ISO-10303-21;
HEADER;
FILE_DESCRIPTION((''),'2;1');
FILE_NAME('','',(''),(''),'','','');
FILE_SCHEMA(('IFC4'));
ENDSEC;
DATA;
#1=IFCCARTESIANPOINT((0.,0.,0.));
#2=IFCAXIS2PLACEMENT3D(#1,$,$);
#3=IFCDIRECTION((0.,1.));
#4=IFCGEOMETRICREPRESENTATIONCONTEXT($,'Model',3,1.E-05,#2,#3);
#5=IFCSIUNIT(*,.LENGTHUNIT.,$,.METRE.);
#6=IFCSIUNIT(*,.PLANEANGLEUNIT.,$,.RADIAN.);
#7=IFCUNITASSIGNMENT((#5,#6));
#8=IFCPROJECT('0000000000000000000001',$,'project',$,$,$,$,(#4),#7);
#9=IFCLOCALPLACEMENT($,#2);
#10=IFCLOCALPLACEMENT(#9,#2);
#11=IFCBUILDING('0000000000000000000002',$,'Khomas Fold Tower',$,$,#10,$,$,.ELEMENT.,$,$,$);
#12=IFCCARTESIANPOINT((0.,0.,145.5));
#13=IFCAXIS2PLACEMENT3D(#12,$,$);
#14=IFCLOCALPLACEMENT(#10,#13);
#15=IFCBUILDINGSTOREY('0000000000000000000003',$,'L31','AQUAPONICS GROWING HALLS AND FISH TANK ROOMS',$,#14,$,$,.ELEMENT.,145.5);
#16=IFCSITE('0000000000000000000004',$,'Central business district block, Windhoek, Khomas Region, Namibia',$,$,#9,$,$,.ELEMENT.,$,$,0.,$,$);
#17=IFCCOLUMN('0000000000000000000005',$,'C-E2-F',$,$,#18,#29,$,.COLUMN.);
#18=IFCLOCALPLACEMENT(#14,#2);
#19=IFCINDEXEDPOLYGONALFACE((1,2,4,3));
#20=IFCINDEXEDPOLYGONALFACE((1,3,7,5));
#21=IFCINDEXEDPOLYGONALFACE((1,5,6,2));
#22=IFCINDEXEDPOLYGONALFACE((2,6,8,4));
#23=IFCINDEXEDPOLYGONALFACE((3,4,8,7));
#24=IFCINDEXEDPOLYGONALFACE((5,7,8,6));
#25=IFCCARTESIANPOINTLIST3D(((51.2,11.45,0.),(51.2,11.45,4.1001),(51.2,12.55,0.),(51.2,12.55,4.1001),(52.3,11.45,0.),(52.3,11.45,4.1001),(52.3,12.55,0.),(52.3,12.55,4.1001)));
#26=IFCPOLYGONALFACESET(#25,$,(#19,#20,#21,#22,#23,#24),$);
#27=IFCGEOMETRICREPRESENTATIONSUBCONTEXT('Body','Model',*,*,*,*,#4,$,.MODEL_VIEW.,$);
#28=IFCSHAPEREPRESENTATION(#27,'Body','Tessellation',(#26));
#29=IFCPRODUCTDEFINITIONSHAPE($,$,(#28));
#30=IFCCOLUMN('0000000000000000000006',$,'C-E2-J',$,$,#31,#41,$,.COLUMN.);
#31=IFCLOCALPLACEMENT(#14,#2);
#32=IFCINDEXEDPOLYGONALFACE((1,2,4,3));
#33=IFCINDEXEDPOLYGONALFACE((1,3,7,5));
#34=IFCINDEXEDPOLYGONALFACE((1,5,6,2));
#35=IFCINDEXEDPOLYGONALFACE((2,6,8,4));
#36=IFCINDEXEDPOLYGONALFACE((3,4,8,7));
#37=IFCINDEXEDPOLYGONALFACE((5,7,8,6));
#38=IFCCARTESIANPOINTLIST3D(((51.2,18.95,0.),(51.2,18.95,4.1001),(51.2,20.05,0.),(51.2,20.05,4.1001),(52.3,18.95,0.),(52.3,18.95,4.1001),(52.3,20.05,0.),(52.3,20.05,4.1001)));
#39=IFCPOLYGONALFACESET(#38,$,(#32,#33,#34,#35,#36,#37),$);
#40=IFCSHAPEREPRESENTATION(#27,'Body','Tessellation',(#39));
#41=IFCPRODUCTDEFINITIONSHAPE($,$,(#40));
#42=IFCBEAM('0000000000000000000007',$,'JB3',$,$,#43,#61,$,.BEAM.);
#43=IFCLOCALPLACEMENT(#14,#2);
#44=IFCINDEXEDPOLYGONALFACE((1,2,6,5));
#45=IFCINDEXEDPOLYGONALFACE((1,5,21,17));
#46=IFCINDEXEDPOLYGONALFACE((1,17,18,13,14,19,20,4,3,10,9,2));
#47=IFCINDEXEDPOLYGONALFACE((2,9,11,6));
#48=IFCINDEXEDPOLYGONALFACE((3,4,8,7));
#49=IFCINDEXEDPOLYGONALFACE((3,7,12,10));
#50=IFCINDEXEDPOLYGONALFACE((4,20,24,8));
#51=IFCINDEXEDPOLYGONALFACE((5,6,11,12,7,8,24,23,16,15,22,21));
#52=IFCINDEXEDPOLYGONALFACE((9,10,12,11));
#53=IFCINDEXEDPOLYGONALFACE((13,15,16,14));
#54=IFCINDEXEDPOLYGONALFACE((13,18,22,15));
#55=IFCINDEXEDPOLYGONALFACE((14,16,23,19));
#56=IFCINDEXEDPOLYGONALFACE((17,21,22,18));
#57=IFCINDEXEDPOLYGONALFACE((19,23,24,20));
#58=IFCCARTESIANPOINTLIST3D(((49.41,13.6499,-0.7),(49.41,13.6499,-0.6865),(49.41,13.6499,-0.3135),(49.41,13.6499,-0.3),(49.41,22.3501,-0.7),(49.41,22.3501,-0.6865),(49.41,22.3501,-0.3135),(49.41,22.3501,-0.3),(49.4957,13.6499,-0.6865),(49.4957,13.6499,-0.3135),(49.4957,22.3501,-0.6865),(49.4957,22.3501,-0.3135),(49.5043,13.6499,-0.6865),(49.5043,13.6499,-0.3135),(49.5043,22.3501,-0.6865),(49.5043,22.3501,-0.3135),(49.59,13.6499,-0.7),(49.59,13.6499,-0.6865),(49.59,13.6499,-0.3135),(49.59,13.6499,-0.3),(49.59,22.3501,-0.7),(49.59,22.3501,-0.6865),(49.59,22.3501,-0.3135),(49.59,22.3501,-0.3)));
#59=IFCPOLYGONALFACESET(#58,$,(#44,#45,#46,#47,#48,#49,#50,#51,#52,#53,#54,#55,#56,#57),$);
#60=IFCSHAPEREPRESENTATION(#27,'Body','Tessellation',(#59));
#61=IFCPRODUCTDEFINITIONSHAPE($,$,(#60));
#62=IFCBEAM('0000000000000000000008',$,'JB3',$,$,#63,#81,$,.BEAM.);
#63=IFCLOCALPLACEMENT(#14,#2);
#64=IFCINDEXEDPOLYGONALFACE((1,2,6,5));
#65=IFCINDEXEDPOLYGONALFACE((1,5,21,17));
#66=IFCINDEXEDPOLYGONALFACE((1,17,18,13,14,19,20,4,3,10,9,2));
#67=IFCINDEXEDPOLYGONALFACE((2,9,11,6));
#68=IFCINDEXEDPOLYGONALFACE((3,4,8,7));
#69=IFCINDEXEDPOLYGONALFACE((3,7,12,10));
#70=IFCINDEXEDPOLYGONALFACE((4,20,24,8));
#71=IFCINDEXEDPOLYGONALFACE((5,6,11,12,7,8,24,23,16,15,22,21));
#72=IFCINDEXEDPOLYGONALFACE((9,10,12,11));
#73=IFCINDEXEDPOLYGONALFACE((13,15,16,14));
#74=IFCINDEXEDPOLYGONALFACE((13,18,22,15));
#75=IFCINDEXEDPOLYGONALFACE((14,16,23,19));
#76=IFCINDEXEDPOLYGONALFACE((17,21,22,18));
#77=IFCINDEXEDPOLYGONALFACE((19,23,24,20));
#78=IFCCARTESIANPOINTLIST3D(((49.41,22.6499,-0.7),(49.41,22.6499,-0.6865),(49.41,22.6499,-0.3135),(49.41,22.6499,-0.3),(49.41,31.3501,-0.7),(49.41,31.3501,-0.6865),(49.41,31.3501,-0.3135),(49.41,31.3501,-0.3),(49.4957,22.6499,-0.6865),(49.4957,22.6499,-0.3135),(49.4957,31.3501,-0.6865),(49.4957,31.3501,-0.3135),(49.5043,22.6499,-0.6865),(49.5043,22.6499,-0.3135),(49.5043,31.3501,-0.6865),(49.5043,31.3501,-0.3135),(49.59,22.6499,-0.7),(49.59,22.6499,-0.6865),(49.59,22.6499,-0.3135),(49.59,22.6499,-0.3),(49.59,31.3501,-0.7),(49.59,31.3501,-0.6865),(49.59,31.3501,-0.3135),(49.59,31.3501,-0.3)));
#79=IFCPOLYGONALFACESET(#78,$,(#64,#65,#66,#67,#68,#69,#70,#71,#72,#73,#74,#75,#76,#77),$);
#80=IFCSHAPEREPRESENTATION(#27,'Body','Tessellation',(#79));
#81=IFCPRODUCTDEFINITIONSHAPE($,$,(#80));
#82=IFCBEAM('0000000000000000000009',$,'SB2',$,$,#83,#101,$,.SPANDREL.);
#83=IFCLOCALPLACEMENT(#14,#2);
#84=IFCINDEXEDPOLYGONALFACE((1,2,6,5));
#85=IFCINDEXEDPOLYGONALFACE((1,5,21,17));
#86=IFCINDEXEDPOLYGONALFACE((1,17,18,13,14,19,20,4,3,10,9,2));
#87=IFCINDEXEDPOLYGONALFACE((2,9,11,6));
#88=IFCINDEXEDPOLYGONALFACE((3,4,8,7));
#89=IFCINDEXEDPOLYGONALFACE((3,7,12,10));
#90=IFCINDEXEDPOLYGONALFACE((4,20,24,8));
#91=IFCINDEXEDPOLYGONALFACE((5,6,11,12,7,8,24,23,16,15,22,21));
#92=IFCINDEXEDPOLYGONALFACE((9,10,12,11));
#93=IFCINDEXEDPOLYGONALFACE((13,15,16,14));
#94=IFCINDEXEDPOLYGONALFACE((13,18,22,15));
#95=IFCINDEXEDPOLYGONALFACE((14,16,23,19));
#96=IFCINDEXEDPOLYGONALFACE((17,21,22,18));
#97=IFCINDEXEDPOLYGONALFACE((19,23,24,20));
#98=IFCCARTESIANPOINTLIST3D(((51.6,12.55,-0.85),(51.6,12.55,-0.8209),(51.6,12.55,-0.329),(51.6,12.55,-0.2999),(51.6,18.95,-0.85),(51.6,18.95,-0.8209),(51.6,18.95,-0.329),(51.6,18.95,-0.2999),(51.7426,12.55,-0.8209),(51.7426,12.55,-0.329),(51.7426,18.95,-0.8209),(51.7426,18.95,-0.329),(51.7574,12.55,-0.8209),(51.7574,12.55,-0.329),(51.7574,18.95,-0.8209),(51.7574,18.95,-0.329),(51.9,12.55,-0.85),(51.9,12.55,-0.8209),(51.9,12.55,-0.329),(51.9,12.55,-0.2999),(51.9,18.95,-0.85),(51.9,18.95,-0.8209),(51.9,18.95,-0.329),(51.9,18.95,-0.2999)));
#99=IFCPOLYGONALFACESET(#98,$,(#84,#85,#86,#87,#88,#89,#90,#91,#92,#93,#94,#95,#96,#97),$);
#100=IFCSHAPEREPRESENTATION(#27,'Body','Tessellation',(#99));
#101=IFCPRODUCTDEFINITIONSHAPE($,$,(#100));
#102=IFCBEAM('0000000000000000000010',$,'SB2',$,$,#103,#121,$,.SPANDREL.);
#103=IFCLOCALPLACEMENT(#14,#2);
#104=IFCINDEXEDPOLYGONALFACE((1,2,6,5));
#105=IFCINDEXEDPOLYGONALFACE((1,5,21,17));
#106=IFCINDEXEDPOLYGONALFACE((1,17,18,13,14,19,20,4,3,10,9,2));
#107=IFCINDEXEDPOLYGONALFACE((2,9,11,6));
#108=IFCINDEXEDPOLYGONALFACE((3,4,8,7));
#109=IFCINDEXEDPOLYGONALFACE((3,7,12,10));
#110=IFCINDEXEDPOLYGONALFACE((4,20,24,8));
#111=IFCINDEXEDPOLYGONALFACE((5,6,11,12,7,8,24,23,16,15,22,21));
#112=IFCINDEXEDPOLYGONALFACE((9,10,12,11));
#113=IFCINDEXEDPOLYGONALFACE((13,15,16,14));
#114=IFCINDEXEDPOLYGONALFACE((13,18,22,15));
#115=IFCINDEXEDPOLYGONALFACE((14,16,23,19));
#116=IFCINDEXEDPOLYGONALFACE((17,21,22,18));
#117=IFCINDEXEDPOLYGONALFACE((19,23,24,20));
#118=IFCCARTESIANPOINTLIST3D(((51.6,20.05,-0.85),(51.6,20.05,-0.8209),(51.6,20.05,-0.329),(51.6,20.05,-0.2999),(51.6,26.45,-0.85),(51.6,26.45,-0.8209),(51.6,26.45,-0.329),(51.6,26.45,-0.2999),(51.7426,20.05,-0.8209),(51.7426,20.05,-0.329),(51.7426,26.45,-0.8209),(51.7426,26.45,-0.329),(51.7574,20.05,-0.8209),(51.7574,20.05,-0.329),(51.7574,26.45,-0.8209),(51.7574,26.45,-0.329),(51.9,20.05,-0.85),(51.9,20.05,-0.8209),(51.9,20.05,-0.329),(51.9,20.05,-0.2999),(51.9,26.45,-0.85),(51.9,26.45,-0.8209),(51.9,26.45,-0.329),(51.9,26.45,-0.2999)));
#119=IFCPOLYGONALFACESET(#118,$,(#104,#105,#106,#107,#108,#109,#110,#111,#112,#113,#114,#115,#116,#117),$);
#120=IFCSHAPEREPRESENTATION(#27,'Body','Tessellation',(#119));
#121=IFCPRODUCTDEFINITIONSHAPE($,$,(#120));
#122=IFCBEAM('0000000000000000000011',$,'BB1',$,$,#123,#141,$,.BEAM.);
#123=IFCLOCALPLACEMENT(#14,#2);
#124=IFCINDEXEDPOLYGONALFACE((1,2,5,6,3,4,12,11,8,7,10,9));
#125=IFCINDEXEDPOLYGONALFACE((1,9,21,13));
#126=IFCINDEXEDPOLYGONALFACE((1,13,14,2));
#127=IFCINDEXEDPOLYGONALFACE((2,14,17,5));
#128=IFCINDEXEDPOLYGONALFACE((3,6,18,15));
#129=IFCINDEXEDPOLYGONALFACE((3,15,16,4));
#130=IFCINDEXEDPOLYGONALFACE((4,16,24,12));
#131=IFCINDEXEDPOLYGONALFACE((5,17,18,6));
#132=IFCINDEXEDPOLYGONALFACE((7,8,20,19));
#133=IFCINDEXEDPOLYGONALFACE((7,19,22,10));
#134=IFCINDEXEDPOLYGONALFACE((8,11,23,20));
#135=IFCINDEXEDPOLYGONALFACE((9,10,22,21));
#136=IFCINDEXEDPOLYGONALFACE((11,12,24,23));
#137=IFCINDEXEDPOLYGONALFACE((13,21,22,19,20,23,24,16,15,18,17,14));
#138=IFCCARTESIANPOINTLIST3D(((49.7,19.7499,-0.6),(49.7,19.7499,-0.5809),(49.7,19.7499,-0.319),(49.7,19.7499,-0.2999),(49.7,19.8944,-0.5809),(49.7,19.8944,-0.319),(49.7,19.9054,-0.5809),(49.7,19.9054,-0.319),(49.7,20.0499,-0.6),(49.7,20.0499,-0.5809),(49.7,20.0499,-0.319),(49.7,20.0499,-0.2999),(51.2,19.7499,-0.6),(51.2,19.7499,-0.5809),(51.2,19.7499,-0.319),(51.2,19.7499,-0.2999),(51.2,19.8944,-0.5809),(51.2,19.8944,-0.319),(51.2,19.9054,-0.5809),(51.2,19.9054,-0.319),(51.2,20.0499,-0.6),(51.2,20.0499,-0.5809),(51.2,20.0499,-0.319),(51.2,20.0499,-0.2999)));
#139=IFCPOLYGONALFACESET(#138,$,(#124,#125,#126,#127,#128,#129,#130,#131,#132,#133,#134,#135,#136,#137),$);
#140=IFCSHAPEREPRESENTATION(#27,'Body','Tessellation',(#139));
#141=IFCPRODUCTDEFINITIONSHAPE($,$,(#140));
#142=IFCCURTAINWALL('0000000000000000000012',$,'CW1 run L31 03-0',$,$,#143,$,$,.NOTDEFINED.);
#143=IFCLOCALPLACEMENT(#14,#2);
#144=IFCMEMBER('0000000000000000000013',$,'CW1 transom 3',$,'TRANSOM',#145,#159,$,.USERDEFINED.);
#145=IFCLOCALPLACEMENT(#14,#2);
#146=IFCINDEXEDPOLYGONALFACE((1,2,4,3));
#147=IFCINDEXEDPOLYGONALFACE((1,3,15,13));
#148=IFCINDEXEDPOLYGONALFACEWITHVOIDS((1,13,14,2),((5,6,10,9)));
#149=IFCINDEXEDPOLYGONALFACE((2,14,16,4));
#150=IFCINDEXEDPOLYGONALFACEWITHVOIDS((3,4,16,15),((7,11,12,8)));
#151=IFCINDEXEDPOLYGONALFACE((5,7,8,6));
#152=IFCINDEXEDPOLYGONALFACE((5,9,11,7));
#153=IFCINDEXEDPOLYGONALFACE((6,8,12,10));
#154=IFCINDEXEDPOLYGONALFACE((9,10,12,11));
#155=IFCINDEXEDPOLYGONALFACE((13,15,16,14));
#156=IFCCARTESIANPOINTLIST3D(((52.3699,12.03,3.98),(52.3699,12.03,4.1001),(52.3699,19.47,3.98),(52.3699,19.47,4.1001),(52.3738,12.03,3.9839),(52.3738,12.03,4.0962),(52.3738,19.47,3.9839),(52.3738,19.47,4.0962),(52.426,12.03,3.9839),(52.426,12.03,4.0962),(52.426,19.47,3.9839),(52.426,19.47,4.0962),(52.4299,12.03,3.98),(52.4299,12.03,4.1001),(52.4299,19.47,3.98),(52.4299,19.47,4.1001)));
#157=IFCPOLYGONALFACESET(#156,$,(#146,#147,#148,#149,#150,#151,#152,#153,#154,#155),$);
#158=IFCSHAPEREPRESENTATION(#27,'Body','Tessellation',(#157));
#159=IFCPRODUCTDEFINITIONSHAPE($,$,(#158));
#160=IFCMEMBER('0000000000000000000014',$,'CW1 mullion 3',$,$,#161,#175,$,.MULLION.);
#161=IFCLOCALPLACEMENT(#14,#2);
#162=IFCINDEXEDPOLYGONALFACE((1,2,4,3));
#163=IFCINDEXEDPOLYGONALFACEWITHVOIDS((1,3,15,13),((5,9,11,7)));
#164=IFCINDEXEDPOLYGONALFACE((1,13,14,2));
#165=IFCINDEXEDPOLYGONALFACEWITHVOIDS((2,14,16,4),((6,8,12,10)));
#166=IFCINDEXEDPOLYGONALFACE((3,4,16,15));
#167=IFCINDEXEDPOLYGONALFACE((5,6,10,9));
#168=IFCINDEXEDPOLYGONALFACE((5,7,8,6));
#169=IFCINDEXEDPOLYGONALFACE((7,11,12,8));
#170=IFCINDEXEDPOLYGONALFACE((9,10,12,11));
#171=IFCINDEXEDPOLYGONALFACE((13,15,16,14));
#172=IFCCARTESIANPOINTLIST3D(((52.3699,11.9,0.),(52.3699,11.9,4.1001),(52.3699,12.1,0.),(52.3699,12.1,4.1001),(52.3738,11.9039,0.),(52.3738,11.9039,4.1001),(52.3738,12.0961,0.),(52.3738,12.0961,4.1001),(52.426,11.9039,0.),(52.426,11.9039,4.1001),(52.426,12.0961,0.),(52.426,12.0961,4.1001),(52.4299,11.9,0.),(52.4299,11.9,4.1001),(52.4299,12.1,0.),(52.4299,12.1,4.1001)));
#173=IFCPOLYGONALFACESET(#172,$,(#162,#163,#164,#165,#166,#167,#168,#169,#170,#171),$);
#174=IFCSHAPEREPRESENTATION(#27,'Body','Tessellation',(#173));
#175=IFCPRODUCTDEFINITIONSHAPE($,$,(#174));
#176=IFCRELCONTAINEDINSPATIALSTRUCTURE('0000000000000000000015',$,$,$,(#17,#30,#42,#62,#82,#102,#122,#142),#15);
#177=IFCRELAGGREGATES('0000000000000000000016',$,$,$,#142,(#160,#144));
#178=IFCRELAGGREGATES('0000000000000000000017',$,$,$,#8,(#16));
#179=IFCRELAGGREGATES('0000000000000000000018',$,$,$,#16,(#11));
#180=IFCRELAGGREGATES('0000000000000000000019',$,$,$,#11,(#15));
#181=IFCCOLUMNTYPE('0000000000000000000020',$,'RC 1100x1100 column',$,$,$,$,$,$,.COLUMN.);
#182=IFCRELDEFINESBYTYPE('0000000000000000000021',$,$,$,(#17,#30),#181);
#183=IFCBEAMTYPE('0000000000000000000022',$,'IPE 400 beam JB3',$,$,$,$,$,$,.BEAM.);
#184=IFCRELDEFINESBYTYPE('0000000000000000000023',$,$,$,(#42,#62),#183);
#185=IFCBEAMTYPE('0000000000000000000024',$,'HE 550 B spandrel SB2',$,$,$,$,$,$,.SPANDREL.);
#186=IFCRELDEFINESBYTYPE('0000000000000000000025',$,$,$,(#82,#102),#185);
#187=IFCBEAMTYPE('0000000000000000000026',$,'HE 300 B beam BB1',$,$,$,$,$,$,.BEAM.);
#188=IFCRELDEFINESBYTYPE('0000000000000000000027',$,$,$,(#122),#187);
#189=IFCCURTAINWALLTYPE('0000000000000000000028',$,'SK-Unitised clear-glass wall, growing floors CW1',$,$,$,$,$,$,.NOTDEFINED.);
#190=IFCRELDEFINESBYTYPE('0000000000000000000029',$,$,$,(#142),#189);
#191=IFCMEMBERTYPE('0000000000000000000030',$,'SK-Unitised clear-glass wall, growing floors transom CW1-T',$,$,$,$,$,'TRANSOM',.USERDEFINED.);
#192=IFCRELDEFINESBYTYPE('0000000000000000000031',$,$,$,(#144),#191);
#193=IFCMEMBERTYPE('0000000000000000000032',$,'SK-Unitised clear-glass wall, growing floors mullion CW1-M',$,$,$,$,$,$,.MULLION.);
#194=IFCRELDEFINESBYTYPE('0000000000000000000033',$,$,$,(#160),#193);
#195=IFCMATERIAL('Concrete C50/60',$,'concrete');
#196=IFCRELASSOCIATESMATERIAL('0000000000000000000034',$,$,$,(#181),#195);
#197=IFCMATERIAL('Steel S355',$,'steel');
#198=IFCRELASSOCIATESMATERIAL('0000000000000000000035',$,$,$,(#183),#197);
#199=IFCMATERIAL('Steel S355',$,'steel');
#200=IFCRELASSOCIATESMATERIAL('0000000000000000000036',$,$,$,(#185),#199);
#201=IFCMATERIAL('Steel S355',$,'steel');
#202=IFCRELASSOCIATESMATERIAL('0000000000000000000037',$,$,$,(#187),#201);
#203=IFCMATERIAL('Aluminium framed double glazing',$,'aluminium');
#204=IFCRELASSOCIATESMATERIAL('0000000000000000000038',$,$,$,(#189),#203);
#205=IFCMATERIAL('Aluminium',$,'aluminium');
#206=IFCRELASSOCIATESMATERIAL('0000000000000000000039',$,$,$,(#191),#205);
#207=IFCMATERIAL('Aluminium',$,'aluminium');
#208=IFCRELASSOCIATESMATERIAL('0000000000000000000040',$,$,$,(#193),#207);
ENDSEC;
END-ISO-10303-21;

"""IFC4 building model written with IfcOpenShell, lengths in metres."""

from ifc_helpers import new_model, si_unit, direction, frame, origin, origin_2d, place, context, subcontext, project, spatial, rectangle, hollow_rectangle, i_section, extrude, source, transform, mapped, material, material_profile, profile_set, type_object, element, aggregate, save


model = new_model("IFC4")

# Units and contexts
model_context = context("Model", 3, precision=1e-05, world=origin(), true_north=direction((0.0, 1.0)))
body_context = subcontext(model_context, "Body", "Model", "MODEL_VIEW")
ifc_project = project(units=[si_unit("LENGTHUNIT", "METRE"), si_unit("PLANEANGLEUNIT", "RADIAN")], contexts=[model_context])

# Site, building, storey
site_placement = place(None, origin())
site = spatial("IfcSite", under=ifc_project, at=site_placement, Name="Central business district block, Windhoek, Khomas Region, Namibia", CompositionType="ELEMENT", RefElevation=0.0)
building_placement = place(site_placement, origin())
building = spatial("IfcBuilding", under=site, at=building_placement, Name="Khomas Fold Tower", CompositionType="ELEMENT")
storey_placement = place(building_placement, frame((0.0, 0.0, 145.5)))
storey = spatial("IfcBuildingStorey", under=building, at=storey_placement, Name="L31", Description="AQUAPONICS GROWING HALLS AND FISH TANK ROOMS", CompositionType="ELEMENT", Elevation=145.5)

# Columns
ifc_material_1 = material(Name="Concrete C50/60", Category="concrete")
ifc_material_profile_1 = material_profile(ifc_material_1, rectangle(XDim=1.1001, YDim=1.1001, at=origin_2d()), Name="RC 1100x1100")
ifc_profile_set_1 = profile_set([ifc_material_profile_1], Name="Concrete C50/60")
column_type = type_object("IfcColumnType", Name="RC 1100x1100 column", PredefinedType="COLUMN", material=ifc_profile_set_1)
shared_shape_1 = source(origin(), body_context, "Body", "SweptSolid", [
    extrude(rectangle(XDim=1.1001, YDim=1.1001, at=origin_2d()), origin(), (0.0, 0.0, 1.0), 4.1001),
])
for number, where, z_axis, x_axis, name in (
    (1, (51.75, 12.0, 0.0), (0.0, 0.0, 1.0), (1.0, 0.0, 0.0), "C-E2-F"),
    (2, (51.75, 19.5, 0.0), (0.0, 0.0, 1.0), (1.0, 0.0, 0.0), "C-E2-J"),
):
    element("IfcColumn", number, at=place(storey_placement, frame(where, z_axis=z_axis, x_axis=x_axis)), inside=storey, type_object=column_type, Name=name, PredefinedType="COLUMN", context=body_context, shape_type="MappedRepresentation", body=[
        mapped(shared_shape_1, transform((0.0, 0.0, 0.0))),
    ])

# Beams
ifc_material_2 = material(Name="Steel S355", Category="steel")
ifc_material_profile_2 = material_profile(ifc_material_2, i_section(OverallWidth=0.1799, OverallDepth=0.3999, WebThickness=0.0085, FlangeThickness=0.0134, at=origin_2d()), Name="IPE 400")
ifc_profile_set_2 = profile_set([ifc_material_profile_2], Name="Steel S355")
beam_type_1 = type_object("IfcBeamType", Name="IPE 400 beam JB3", PredefinedType="BEAM", material=ifc_profile_set_2)
shared_shape_2 = source(origin(), body_context, "Body", "SweptSolid", [
    extrude(i_section(OverallWidth=0.1799, OverallDepth=0.3999, WebThickness=0.0085, FlangeThickness=0.0134, at=origin_2d()), origin(), (0.0, 0.0, 1.0), 8.7002),
])
for number, where, z_axis, x_axis, name in (
    (3, (49.5, 13.6499, -0.5), (0.0, 1.0, 0.0), (-1.0, 0.0, 0.0), "JB3"),
    (4, (49.5, 22.6499, -0.5), (0.0, 1.0, 0.0), (-1.0, 0.0, 0.0), "JB3"),
):
    element("IfcBeam", number, at=place(storey_placement, frame(where, z_axis=z_axis, x_axis=x_axis)), inside=storey, type_object=beam_type_1, Name=name, PredefinedType="BEAM", context=body_context, shape_type="MappedRepresentation", body=[
        mapped(shared_shape_2, transform((0.0, 0.0, 0.0))),
    ])
ifc_material_3 = material(Name="Steel S355", Category="steel")
ifc_material_profile_3 = material_profile(ifc_material_3, i_section(OverallWidth=0.3, OverallDepth=0.55, WebThickness=0.0149, FlangeThickness=0.0291, at=origin_2d()), Name="HE 550 B")
ifc_profile_set_3 = profile_set([ifc_material_profile_3], Name="Steel S355")
beam_type_2 = type_object("IfcBeamType", Name="HE 550 B spandrel SB2", PredefinedType="SPANDREL", material=ifc_profile_set_3)
shared_shape_3 = source(origin(), body_context, "Body", "SweptSolid", [
    extrude(i_section(OverallWidth=0.3, OverallDepth=0.55, WebThickness=0.0149, FlangeThickness=0.0291, at=origin_2d()), origin(), (0.0, 0.0, 1.0), 6.3999),
])
for number, where, z_axis, x_axis, name in (
    (5, (51.75, 12.55, -0.575), (0.0, 1.0, 0.0), (-1.0, 0.0, 0.0), "SB2"),
    (6, (51.75, 20.05, -0.575), (0.0, 1.0, 0.0), (-1.0, 0.0, 0.0), "SB2"),
):
    element("IfcBeam", number, at=place(storey_placement, frame(where, z_axis=z_axis, x_axis=x_axis)), inside=storey, type_object=beam_type_2, Name=name, PredefinedType="SPANDREL", context=body_context, shape_type="MappedRepresentation", body=[
        mapped(shared_shape_3, transform((0.0, 0.0, 0.0))),
    ])
ifc_material_4 = material(Name="Steel S355", Category="steel")
ifc_material_profile_4 = material_profile(ifc_material_4, i_section(OverallWidth=0.3, OverallDepth=0.3, WebThickness=0.011, FlangeThickness=0.019, at=origin_2d()), Name="HE 300 B")
ifc_profile_set_4 = profile_set([ifc_material_profile_4], Name="Steel S355")
beam_type_3 = type_object("IfcBeamType", Name="HE 300 B beam BB1", PredefinedType="BEAM", material=ifc_profile_set_4)
shared_shape_4 = source(origin(), body_context, "Body", "SweptSolid", [
    extrude(i_section(OverallWidth=0.3, OverallDepth=0.3, WebThickness=0.011, FlangeThickness=0.019, at=origin_2d()), origin(), (0.0, 0.0, 1.0), 1.5),
])
beam_placement = place(storey_placement, frame((49.7, 19.8999, -0.45), z_axis=(1.0, 0.0, 0.0), x_axis=(0.0, 1.0, 0.0)))
element("IfcBeam", 7, at=beam_placement, inside=storey, type_object=beam_type_3, Name="BB1", PredefinedType="BEAM", context=body_context, shape_type="MappedRepresentation", body=[
    mapped(shared_shape_4, transform((0.0, 0.0, 0.0))),
])

# Curtain wall, members
ifc_material_5 = material(Name="Aluminium framed double glazing", Category="aluminium")
curtain_wall_type = type_object("IfcCurtainWallType", Name="SK-Unitised clear-glass wall, growing floors CW1", PredefinedType="NOTDEFINED", material=ifc_material_5)
curtain_wall_1_placement = place(storey_placement, origin())
curtain_wall_1 = element("IfcCurtainWall", 8, at=curtain_wall_1_placement, inside=storey, type_object=curtain_wall_type, Name="CW1 run L31 03-0", PredefinedType="NOTDEFINED")
ifc_material_6 = material(Name="Aluminium", Category="aluminium")
ifc_material_profile_5 = material_profile(ifc_material_6, hollow_rectangle(XDim=0.0601, YDim=0.1201, WallThickness=0.0039, at=origin_2d()), Name="SK-Unitised clear-glass wall, growing floors transom CW1-T")
ifc_profile_set_5 = profile_set([ifc_material_profile_5], Name="Aluminium")
member_type_1 = type_object("IfcMemberType", Name="SK-Unitised clear-glass wall, growing floors transom CW1-T", ElementType="TRANSOM", PredefinedType="USERDEFINED", material=ifc_profile_set_5)
shared_shape_5 = source(origin(), body_context, "Body", "SweptSolid", [
    extrude(hollow_rectangle(XDim=0.0601, YDim=0.1201, WallThickness=0.0039, at=origin_2d()), origin(), (0.0, 0.0, 1.0), 7.4399),
])
member_1_placement = place(storey_placement, frame((52.3999, 12.03, 4.04), z_axis=(0.0, 1.0, 0.0), x_axis=(-1.0, 0.0, 0.0)))
member_1 = element("IfcMember", 9, at=member_1_placement, type_object=member_type_1, Name="CW1 transom 3", ObjectType="TRANSOM", PredefinedType="USERDEFINED", context=body_context, shape_type="MappedRepresentation", body=[
    mapped(shared_shape_5, transform((0.0, 0.0, 0.0))),
])
ifc_material_7 = material(Name="Aluminium", Category="aluminium")
ifc_material_profile_6 = material_profile(ifc_material_7, hollow_rectangle(XDim=0.0601, YDim=0.2, WallThickness=0.0039, at=origin_2d()), Name="SK-Unitised clear-glass wall, growing floors mullion CW1-M")
ifc_profile_set_6 = profile_set([ifc_material_profile_6], Name="Aluminium")
member_type_2 = type_object("IfcMemberType", Name="SK-Unitised clear-glass wall, growing floors mullion CW1-M", PredefinedType="MULLION", material=ifc_profile_set_6)
shared_shape_6 = source(origin(), body_context, "Body", "SweptSolid", [
    extrude(hollow_rectangle(XDim=0.0601, YDim=0.2, WallThickness=0.0039, at=origin_2d()), origin(), (0.0, 0.0, 1.0), 4.1001),
])
member_2_placement = place(storey_placement, frame((52.3999, 12.0, 0.0), z_axis=(0.0, 0.0, 1.0), x_axis=(-1.0, 0.0, 0.0)))
member_2 = element("IfcMember", 10, at=member_2_placement, type_object=member_type_2, Name="CW1 mullion 3", PredefinedType="MULLION", context=body_context, shape_type="MappedRepresentation", body=[
    mapped(shared_shape_6, transform((0.0, 0.0, 0.0))),
])

aggregate(curtain_wall_1, [member_2, member_1])

save(model, "model.ifc")
